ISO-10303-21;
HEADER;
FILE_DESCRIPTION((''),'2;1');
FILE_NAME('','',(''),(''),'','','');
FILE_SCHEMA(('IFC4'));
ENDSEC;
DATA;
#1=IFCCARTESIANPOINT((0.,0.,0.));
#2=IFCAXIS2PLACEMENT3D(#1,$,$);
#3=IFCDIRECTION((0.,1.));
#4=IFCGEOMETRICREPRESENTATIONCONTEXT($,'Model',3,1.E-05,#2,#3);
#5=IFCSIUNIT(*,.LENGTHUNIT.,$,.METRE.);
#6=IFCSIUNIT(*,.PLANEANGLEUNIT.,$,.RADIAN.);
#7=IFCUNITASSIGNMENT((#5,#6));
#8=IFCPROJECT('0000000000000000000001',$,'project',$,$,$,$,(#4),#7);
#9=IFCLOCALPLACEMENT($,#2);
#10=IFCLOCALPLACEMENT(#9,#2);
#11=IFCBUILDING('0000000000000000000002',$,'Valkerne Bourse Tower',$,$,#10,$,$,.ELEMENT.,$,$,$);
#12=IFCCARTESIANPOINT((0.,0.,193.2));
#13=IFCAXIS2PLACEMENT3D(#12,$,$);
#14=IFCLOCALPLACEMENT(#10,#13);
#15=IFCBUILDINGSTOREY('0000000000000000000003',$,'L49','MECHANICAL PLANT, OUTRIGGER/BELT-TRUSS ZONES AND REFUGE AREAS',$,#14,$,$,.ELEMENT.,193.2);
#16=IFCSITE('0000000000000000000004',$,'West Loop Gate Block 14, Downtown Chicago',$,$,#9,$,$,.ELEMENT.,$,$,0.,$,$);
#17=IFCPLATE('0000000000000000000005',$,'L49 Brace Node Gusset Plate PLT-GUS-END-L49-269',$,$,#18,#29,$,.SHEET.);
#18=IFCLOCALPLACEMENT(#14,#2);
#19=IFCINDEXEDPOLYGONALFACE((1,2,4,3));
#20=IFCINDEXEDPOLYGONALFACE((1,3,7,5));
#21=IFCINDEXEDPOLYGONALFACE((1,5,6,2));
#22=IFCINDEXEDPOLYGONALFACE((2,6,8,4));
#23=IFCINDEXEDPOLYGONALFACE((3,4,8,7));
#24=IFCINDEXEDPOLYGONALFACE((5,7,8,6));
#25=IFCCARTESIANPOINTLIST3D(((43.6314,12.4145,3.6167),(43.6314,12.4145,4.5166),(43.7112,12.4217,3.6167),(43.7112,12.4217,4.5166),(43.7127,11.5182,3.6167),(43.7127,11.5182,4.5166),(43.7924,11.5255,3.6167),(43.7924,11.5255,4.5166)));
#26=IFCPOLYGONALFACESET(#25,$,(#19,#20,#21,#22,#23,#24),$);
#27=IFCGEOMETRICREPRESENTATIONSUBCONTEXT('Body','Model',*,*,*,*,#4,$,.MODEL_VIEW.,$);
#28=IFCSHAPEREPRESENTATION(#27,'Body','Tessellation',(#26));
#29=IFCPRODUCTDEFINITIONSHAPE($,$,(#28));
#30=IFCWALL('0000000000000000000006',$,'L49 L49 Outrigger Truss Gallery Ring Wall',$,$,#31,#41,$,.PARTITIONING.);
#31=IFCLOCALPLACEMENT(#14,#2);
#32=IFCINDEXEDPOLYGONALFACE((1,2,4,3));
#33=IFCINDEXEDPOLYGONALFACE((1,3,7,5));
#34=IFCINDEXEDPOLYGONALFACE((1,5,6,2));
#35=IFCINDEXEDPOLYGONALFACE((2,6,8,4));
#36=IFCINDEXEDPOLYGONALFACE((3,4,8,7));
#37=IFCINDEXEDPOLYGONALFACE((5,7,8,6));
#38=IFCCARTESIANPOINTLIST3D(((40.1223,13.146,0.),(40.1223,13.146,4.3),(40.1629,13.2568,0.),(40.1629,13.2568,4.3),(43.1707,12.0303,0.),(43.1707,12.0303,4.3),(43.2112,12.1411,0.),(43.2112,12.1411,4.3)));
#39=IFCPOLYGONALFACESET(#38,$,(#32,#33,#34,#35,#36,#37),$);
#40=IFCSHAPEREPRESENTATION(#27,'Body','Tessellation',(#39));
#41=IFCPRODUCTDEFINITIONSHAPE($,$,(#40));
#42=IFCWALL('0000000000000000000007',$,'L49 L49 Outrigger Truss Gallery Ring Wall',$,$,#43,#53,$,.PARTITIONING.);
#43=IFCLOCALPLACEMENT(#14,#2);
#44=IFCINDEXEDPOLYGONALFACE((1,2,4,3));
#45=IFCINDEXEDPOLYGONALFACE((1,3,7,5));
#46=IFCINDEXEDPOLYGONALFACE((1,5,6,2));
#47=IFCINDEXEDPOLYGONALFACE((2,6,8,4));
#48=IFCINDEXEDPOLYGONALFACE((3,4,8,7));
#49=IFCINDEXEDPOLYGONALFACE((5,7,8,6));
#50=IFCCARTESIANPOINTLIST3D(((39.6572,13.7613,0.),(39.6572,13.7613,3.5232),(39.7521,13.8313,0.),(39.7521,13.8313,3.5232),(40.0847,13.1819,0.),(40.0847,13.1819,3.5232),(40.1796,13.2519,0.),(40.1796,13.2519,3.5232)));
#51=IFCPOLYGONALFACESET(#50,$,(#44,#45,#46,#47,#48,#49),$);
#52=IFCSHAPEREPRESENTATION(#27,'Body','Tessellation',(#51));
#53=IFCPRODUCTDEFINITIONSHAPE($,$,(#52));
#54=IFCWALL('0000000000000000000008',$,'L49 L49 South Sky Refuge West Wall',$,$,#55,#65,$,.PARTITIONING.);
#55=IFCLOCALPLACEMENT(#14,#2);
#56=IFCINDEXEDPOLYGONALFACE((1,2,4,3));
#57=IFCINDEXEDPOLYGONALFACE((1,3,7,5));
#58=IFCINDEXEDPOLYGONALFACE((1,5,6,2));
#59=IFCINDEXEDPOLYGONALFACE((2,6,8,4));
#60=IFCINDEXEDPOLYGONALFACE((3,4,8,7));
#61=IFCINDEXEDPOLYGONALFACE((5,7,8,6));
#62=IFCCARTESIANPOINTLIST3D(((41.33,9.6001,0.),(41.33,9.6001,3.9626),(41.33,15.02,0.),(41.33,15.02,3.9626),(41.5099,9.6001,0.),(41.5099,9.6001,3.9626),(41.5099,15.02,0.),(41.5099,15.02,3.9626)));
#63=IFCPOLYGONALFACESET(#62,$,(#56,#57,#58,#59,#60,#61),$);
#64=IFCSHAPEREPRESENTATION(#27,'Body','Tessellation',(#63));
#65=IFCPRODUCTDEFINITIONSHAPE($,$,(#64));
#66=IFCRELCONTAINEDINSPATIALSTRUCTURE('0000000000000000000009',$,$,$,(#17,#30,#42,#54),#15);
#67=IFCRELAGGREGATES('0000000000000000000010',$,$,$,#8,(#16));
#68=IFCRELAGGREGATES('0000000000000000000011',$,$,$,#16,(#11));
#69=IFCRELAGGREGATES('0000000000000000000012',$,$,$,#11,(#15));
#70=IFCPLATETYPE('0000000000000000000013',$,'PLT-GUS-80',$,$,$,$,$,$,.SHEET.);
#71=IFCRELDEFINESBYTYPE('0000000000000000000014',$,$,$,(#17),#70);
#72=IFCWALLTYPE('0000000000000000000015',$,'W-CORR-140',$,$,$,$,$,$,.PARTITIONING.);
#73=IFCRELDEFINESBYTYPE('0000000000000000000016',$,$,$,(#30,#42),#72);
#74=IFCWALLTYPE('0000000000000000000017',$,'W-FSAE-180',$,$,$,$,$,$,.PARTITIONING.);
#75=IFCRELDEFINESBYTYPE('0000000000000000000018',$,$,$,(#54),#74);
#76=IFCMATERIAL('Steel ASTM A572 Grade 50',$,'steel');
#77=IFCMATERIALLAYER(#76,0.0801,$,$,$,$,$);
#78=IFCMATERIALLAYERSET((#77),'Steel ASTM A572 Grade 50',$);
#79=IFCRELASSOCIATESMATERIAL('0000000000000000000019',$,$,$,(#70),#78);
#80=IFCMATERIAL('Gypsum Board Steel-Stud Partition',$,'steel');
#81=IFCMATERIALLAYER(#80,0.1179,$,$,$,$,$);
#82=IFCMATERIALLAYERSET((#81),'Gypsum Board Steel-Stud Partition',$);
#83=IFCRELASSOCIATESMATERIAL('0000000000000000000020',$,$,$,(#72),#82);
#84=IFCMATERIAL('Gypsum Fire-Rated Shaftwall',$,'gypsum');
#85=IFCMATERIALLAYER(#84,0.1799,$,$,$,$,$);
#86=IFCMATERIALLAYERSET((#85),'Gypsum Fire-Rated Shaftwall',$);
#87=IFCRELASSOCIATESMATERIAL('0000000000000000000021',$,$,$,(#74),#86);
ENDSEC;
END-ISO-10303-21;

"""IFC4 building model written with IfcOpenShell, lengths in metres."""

from ifc_helpers import new_model, si_unit, direction, frame, frame_2d, origin, origin_2d, place, context, subcontext, project, spatial, rectangle, extrude, material, layer, layer_set, type_object, element, save


model = new_model("IFC4")

# Units and contexts
model_context = context("Model", 3, precision=1e-05, world=origin(), true_north=direction((0.0, 1.0)))
body_context = subcontext(model_context, "Body", "Model", "MODEL_VIEW")
ifc_project = project(units=[si_unit("LENGTHUNIT", "METRE"), si_unit("PLANEANGLEUNIT", "RADIAN")], contexts=[model_context])

# Site, building, storey
site_placement = place(None, origin())
site = spatial("IfcSite", under=ifc_project, at=site_placement, Name="West Loop Gate Block 14, Downtown Chicago", CompositionType="ELEMENT", RefElevation=0.0)
building_placement = place(site_placement, origin())
building = spatial("IfcBuilding", under=site, at=building_placement, Name="Valkerne Bourse Tower", CompositionType="ELEMENT")
storey_placement = place(building_placement, frame((0.0, 0.0, 193.2)))
storey = spatial("IfcBuildingStorey", under=building, at=storey_placement, Name="L49", Description="MECHANICAL PLANT, OUTRIGGER/BELT-TRUSS ZONES AND REFUGE AREAS", CompositionType="ELEMENT", Elevation=193.2)

# Plate
ifc_material_1 = material(Name="Steel ASTM A572 Grade 50", Category="steel")
ifc_layer_1 = layer(ifc_material_1, 0.0801)
ifc_layer_set_1 = layer_set([ifc_layer_1], Name="Steel ASTM A572 Grade 50")
plate_type_1 = type_object("IfcPlateType", Name="PLT-GUS-80", PredefinedType="SHEET", material=ifc_layer_set_1)
for number, where, z_axis, x_axis, name in (
    (1, (43.7119, 11.97, 3.6167), (0.0, 0.0, 1.0), (-0.090285, 0.995916, 0.0), "L49 Brace Node Gusset Plate PLT-GUS-END-L49-269"),
):
    element("IfcPlate", number, at=place(storey_placement, frame(where, z_axis=z_axis, x_axis=x_axis)), inside=storey, type_object=plate_type_1, Name=name, PredefinedType="SHEET", context=body_context, shape_type="SweptSolid", body=[
        extrude(rectangle(XDim=0.8999, YDim=0.0801, at=origin_2d()), origin(), (0.0, 0.0, 1.0), 0.8999),
    ])

# Walls
ifc_material_2 = material(Name="Gypsum Board Steel-Stud Partition", Category="steel")
ifc_layer_2 = layer(ifc_material_2, 0.1179)
ifc_layer_set_2 = layer_set([ifc_layer_2], Name="Gypsum Board Steel-Stud Partition")
wall_type_1 = type_object("IfcWallType", Name="W-CORR-140", PredefinedType="PARTITIONING", material=ifc_layer_set_2)
wall_1_placement = place(storey_placement, frame((43.1909, 12.0857, 0.0), z_axis=(0.0, 0.0, 1.0), x_axis=(-0.939075, 0.343711, 0.0)))
element("IfcWall", 2, at=wall_1_placement, inside=storey, type_object=wall_type_1, Name="L49 L49 Outrigger Truss Gallery Ring Wall", PredefinedType="PARTITIONING", context=body_context, shape_type="SweptSolid", body=[
    extrude(rectangle(XDim=3.2461, YDim=0.1179, at=frame_2d((1.623, 0.0))), origin(), (0.0, 0.0, 1.0), 4.3),
])
wall_2_placement = place(storey_placement, frame((40.1321, 13.217, 0.0), z_axis=(0.0, 0.0, 1.0), x_axis=(-0.593743, 0.804655, 0.0)))
element("IfcWall", 3, at=wall_2_placement, inside=storey, type_object=wall_type_1, Name="L49 L49 Outrigger Truss Gallery Ring Wall", PredefinedType="PARTITIONING", context=body_context, shape_type="SweptSolid", body=[
    extrude(rectangle(XDim=0.72, YDim=0.1179, at=frame_2d((0.3599, 0.0))), origin(), (0.0, 0.0, 1.0), 3.5232),
])
ifc_material_3 = material(Name="Gypsum Fire-Rated Shaftwall", Category="gypsum")
ifc_layer_3 = layer(ifc_material_3, 0.1799)
ifc_layer_set_3 = layer_set([ifc_layer_3], Name="Gypsum Fire-Rated Shaftwall")
wall_type_2 = type_object("IfcWallType", Name="W-FSAE-180", PredefinedType="PARTITIONING", material=ifc_layer_set_3)
wall_3_placement = place(storey_placement, frame((41.4199, 9.6001, 0.0), z_axis=(0.0, 0.0, 1.0), x_axis=(0.0, 1.0, 0.0)))
element("IfcWall", 4, at=wall_3_placement, inside=storey, type_object=wall_type_2, Name="L49 L49 South Sky Refuge West Wall", PredefinedType="PARTITIONING", context=body_context, shape_type="SweptSolid", body=[
    extrude(rectangle(XDim=5.4199, YDim=0.1799, at=frame_2d((2.71, 0.0))), origin(), (0.0, 0.0, 1.0), 3.9626),
])

save(model, "model.ifc")
